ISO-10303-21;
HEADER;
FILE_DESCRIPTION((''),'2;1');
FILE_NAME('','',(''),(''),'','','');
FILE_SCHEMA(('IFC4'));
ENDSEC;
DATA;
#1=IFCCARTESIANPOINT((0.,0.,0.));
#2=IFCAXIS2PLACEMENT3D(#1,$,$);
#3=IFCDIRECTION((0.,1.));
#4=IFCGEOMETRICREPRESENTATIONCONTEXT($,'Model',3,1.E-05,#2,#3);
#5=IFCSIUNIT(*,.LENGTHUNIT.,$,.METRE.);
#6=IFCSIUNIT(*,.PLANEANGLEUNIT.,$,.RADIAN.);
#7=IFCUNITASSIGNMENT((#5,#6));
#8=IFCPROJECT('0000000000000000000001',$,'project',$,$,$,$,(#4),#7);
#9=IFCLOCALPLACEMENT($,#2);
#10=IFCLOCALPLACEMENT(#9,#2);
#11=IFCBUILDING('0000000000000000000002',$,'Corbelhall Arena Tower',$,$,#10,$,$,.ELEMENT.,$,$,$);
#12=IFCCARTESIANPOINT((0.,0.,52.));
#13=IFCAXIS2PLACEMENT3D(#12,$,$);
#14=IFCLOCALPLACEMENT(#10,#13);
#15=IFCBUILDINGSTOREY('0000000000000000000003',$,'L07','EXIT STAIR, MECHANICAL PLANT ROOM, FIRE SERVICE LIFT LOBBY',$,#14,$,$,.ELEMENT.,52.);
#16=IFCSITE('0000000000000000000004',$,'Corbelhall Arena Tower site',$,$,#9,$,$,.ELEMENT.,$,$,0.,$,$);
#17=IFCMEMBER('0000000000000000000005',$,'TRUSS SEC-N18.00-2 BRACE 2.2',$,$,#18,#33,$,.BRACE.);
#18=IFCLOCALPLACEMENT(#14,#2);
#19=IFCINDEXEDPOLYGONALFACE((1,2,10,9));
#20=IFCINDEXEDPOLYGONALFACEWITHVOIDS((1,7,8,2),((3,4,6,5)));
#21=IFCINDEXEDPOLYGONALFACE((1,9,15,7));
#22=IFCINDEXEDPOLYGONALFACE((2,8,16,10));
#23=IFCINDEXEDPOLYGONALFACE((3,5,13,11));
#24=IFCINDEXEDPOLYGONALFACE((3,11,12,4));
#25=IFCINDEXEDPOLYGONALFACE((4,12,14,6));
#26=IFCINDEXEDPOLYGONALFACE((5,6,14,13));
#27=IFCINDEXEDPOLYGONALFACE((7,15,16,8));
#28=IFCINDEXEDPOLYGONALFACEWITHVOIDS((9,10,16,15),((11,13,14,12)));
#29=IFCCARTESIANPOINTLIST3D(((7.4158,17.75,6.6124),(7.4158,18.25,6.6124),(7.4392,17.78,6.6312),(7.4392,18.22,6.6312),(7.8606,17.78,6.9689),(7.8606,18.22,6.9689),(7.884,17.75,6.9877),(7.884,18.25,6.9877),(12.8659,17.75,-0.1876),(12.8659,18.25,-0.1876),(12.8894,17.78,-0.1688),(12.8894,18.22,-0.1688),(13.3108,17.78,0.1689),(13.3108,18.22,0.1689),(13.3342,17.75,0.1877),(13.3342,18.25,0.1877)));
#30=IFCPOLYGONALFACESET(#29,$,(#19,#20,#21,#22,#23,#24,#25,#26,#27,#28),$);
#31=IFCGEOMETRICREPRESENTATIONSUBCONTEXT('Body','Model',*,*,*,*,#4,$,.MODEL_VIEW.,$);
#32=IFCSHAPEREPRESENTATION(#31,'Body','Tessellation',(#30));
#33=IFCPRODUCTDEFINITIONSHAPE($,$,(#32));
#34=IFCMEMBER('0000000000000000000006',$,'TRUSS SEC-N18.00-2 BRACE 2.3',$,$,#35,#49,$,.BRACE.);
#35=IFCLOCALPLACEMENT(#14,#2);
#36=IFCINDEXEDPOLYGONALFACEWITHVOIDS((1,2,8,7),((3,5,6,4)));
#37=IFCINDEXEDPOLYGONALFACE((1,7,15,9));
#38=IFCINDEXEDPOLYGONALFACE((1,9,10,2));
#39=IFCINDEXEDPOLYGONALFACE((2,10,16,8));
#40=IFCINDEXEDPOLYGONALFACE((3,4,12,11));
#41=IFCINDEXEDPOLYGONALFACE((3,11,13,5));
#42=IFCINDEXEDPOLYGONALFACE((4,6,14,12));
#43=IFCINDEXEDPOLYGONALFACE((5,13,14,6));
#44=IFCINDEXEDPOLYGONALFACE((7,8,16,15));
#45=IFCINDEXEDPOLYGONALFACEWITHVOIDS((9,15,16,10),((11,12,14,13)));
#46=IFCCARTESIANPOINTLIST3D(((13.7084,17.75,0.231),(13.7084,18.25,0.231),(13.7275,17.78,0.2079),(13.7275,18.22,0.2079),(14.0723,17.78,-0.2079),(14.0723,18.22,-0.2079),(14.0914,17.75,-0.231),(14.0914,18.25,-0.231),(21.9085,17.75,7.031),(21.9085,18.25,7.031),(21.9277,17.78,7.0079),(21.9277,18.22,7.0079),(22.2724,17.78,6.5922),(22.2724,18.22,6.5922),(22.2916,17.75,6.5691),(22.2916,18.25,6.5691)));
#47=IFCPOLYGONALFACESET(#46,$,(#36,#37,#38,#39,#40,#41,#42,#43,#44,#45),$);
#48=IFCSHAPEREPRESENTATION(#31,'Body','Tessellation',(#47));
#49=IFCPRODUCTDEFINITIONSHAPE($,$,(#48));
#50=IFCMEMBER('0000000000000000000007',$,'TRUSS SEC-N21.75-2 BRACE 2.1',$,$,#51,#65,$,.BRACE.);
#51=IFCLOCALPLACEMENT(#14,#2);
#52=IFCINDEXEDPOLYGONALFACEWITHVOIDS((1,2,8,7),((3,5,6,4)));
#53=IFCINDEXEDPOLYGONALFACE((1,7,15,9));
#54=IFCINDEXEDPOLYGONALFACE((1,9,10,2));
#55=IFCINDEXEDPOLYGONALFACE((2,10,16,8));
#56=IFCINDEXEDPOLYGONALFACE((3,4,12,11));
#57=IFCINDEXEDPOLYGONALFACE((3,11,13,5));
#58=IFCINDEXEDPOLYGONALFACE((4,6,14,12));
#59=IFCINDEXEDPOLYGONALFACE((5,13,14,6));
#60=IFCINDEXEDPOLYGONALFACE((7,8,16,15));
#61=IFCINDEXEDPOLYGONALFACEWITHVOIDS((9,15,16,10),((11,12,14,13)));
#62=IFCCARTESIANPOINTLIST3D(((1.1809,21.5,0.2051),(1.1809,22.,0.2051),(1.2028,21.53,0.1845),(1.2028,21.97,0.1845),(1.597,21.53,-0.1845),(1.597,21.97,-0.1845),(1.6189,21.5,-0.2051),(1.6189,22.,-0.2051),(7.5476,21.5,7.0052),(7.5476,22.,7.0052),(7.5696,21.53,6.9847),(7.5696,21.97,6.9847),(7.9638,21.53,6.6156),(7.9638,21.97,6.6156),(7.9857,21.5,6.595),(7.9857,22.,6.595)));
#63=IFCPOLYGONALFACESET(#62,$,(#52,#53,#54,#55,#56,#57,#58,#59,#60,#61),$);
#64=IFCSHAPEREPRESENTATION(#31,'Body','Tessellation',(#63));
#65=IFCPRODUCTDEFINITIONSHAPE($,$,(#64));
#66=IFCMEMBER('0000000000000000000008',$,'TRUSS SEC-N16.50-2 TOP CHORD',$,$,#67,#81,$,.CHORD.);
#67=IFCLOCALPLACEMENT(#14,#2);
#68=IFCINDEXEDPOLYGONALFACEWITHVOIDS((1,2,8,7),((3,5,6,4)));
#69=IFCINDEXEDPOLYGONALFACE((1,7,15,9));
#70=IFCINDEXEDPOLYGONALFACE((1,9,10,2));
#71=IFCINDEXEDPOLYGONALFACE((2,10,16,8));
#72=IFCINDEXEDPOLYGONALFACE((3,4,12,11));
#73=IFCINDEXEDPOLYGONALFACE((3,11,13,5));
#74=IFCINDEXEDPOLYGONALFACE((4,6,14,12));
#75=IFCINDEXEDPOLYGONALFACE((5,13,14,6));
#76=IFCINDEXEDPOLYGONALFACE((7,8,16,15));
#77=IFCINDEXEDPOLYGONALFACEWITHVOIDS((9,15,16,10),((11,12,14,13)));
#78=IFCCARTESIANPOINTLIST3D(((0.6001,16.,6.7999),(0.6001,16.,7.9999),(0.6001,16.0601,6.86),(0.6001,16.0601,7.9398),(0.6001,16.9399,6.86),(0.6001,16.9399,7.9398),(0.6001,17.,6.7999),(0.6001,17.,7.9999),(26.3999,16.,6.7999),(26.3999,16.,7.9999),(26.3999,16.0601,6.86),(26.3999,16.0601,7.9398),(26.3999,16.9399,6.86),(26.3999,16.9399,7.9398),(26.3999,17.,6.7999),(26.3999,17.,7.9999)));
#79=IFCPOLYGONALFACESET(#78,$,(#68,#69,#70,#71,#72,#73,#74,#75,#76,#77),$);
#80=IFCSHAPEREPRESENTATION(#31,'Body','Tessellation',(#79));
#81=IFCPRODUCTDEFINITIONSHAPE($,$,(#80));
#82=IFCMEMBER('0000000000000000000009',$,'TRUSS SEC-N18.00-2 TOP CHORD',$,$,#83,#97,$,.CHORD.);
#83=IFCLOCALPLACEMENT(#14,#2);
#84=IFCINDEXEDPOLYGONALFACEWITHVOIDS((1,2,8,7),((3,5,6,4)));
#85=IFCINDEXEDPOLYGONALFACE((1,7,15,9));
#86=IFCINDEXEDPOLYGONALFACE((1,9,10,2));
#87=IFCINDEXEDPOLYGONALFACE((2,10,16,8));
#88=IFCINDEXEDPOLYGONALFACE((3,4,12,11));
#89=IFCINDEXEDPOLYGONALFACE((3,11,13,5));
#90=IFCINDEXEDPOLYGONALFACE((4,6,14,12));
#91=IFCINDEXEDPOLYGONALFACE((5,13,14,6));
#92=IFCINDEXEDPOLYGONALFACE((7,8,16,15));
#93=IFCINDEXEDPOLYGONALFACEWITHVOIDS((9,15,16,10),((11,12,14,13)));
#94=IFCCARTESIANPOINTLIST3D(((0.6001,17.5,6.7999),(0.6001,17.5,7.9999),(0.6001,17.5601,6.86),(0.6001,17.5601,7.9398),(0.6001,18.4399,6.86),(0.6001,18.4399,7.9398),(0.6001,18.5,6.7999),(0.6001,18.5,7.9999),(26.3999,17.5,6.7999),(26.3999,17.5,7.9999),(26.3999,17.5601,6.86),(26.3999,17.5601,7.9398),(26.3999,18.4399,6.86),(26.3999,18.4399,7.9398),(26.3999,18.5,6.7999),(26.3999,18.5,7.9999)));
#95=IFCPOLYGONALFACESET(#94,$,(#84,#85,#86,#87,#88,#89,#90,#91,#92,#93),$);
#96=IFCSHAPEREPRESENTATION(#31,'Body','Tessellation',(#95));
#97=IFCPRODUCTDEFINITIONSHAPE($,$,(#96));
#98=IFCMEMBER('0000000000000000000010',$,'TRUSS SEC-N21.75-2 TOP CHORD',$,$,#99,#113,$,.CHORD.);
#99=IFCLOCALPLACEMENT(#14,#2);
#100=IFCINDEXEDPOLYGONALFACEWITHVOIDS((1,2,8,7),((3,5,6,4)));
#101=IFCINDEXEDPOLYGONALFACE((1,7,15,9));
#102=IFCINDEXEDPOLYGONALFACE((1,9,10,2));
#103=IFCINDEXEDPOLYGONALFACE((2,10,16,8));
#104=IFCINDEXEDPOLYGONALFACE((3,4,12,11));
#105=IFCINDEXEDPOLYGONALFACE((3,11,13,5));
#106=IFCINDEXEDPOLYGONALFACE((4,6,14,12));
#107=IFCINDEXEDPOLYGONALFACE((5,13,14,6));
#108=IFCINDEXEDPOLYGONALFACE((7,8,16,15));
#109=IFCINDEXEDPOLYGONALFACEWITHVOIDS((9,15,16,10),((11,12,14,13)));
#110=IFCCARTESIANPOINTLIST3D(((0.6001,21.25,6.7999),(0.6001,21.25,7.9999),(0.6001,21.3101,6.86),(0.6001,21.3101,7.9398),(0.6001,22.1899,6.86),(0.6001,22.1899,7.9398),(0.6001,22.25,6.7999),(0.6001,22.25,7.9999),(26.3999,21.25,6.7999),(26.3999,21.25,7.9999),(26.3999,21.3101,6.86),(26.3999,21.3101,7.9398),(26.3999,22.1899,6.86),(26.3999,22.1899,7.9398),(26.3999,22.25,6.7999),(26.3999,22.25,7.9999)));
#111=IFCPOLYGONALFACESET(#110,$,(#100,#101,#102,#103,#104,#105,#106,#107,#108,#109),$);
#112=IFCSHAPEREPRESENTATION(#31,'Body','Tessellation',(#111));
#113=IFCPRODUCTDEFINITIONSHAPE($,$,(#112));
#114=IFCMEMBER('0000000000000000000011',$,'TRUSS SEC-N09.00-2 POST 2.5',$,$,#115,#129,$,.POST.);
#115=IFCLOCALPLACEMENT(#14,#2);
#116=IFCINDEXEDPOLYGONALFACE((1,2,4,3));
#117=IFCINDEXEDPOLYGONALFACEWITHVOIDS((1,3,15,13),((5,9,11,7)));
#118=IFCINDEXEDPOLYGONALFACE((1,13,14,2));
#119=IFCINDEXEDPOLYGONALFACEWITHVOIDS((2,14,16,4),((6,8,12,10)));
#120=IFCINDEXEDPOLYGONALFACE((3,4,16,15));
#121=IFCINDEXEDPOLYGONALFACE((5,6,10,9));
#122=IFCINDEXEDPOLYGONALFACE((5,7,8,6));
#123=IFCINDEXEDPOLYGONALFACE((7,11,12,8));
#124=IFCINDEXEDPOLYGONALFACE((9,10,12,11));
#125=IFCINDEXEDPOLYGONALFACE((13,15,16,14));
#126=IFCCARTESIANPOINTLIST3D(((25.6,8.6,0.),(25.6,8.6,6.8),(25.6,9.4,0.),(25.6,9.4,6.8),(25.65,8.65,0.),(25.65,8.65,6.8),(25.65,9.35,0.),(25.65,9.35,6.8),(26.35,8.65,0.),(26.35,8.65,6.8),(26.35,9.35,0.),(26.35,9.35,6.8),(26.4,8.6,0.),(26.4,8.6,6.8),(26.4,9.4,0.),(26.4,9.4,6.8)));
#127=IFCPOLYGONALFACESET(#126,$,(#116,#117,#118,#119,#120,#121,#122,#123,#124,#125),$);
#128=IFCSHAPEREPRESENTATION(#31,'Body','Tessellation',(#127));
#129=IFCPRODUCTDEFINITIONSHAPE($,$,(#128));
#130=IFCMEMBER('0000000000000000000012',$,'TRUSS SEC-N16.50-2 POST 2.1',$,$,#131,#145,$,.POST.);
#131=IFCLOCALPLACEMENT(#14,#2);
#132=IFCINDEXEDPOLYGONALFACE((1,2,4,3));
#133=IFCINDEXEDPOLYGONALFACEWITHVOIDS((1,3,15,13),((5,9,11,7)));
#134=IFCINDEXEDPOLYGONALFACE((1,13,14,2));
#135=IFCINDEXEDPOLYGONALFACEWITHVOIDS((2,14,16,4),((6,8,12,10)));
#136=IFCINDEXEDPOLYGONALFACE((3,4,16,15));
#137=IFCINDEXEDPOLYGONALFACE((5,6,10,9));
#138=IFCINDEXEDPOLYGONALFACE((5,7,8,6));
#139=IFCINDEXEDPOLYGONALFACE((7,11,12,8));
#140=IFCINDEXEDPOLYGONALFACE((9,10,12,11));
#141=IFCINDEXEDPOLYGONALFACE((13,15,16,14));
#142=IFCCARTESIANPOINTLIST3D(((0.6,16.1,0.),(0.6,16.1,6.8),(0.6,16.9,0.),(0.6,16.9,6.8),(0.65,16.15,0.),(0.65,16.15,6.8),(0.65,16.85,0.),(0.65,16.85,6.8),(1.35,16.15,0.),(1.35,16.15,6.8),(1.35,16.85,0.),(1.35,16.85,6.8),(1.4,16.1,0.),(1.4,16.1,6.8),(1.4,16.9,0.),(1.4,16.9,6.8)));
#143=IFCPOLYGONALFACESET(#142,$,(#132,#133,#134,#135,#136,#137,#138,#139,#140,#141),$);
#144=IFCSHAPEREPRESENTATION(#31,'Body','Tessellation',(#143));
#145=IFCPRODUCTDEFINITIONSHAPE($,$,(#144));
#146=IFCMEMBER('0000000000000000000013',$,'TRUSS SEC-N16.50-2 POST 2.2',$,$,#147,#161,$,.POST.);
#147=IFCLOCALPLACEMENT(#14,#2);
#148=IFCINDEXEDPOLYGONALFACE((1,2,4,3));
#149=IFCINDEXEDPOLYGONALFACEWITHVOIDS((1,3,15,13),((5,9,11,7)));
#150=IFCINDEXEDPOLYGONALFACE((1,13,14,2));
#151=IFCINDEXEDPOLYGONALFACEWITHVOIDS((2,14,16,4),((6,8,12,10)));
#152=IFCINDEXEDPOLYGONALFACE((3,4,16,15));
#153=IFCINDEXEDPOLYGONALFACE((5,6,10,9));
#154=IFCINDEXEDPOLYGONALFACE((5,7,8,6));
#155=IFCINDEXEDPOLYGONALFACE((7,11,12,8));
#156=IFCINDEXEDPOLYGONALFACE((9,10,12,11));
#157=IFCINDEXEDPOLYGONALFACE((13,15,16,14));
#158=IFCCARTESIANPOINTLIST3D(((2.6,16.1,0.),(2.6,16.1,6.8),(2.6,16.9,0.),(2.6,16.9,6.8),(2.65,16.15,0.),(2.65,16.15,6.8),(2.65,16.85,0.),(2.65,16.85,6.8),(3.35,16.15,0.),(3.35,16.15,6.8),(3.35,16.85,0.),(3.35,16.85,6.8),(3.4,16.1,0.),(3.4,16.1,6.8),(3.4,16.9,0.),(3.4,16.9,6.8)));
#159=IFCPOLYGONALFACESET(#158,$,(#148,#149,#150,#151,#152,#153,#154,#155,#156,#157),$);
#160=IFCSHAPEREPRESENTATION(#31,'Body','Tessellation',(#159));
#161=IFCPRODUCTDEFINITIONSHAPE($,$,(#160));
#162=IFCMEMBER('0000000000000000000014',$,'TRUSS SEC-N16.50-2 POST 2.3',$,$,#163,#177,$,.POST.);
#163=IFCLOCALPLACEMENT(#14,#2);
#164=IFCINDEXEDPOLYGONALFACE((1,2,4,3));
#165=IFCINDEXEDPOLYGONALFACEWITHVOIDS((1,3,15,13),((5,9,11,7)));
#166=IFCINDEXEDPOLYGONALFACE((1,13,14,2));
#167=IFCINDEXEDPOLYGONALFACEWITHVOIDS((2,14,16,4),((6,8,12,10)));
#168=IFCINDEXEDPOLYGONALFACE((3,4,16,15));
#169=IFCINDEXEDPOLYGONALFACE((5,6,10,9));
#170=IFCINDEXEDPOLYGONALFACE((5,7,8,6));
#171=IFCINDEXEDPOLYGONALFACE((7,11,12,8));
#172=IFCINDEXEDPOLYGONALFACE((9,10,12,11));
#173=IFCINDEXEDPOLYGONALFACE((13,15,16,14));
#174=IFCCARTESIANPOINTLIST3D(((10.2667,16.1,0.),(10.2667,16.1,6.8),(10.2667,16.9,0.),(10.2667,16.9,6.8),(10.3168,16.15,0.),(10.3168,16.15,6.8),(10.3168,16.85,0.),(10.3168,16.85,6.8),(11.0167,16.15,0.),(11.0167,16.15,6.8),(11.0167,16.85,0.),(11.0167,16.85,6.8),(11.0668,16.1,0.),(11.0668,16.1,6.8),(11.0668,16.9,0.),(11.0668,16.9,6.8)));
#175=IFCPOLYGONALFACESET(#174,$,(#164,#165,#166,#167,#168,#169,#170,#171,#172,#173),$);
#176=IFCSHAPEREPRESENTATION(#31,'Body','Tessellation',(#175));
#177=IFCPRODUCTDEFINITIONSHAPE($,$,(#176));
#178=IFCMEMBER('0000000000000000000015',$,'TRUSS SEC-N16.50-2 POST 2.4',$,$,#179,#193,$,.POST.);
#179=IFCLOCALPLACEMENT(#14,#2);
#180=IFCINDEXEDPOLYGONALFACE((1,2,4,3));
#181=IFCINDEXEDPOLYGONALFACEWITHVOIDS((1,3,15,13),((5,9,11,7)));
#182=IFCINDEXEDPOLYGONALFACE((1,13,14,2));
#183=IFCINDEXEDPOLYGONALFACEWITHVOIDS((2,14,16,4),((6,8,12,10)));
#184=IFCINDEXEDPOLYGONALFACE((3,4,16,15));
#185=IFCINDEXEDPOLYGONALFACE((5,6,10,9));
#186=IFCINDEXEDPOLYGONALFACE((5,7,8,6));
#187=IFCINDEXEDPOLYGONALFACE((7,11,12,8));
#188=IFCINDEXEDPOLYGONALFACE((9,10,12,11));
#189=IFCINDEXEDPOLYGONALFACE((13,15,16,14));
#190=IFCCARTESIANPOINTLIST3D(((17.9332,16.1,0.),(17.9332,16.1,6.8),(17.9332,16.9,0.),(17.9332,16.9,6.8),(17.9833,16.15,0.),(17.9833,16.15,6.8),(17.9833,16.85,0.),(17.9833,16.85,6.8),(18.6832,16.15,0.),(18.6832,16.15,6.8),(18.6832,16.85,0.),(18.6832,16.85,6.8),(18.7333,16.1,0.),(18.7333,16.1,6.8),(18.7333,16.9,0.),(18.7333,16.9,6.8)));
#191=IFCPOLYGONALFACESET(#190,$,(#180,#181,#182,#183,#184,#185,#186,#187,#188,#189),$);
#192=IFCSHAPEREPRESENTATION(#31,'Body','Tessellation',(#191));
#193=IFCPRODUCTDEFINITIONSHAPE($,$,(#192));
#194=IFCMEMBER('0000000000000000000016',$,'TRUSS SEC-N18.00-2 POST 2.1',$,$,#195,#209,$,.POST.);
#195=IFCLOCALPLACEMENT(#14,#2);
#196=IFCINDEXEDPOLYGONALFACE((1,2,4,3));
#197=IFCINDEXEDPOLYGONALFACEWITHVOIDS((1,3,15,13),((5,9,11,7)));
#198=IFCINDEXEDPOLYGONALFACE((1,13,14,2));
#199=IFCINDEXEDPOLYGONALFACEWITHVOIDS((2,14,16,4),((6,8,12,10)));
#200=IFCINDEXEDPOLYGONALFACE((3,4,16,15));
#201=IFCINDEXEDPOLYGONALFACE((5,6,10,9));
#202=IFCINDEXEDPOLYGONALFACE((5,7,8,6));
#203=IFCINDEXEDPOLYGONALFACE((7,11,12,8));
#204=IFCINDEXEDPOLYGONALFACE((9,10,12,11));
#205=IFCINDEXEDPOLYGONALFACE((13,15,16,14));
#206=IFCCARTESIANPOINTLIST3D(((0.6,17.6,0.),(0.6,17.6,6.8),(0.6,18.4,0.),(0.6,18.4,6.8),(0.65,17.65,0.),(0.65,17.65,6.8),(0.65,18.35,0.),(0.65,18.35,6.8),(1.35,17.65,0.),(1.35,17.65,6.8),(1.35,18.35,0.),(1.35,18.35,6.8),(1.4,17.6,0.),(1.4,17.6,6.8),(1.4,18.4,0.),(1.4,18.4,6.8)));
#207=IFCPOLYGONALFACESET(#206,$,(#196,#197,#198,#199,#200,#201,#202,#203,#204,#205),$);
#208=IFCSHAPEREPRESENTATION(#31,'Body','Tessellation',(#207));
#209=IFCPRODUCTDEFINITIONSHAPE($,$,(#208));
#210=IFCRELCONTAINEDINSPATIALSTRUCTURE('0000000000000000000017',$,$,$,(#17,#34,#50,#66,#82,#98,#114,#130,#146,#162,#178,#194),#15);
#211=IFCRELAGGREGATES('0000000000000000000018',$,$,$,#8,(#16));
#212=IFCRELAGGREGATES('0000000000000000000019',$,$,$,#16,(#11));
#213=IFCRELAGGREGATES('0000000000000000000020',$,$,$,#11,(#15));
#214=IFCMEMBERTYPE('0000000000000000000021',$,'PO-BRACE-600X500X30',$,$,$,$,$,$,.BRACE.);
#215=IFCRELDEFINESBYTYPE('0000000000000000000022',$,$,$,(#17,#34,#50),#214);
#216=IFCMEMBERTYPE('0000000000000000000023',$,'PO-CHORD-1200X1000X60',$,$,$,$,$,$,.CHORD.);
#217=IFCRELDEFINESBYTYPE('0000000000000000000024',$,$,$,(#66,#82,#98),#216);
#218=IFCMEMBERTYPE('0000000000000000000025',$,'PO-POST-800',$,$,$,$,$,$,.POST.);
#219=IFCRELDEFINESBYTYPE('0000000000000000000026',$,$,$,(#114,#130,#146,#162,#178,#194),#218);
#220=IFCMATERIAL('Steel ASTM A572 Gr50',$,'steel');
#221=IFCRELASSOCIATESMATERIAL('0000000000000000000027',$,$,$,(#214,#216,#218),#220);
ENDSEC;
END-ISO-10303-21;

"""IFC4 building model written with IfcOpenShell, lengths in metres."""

from ifc_helpers import new_model, si_unit, direction, frame, origin, origin_2d, place, context, subcontext, project, spatial, hollow_rectangle, extrude, material, material_profile, profile_set, type_object, element, save


model = new_model("IFC4")

# Units and contexts
model_context = context("Model", 3, precision=1e-05, world=origin(), true_north=direction((0.0, 1.0)))
body_context = subcontext(model_context, "Body", "Model", "MODEL_VIEW")
ifc_project = project(units=[si_unit("LENGTHUNIT", "METRE"), si_unit("PLANEANGLEUNIT", "RADIAN")], contexts=[model_context])

# Site, building, storey
site_placement = place(None, origin())
site = spatial("IfcSite", under=ifc_project, at=site_placement, Name="Corbelhall Arena Tower site", CompositionType="ELEMENT", RefElevation=0.0)
building_placement = place(site_placement, origin())
building = spatial("IfcBuilding", under=site, at=building_placement, Name="Corbelhall Arena Tower", CompositionType="ELEMENT")
storey_placement = place(building_placement, frame((0.0, 0.0, 52.0)))
storey = spatial("IfcBuildingStorey", under=building, at=storey_placement, Name="L07", Description="EXIT STAIR, MECHANICAL PLANT ROOM, FIRE SERVICE LIFT LOBBY", CompositionType="ELEMENT", Elevation=52.0)

# Members
ifc_material_1 = material(Name="Steel ASTM A572 Gr50", Category="steel")
ifc_material_profile_1 = material_profile(ifc_material_1, hollow_rectangle(XDim=0.5, YDim=0.6001, WallThickness=0.03, at=origin_2d()))
ifc_profile_set_1 = profile_set([ifc_material_profile_1], Name="Steel ASTM A572 Gr50")
member_type_1 = type_object("IfcMemberType", Name="PO-BRACE-600X500X30", PredefinedType="BRACE", material=ifc_profile_set_1)
for number, where, z_axis, x_axis, name in (
    (1, (7.6499, 18.0, 6.8), (0.625405, 0.0, -0.7803), (0.0, 1.0, 0.0), "TRUSS SEC-N18.00-2 BRACE 2.2"),
):
    element("IfcMember", number, at=place(storey_placement, frame(where, z_axis=z_axis, x_axis=x_axis)), inside=storey, type_object=member_type_1, Name=name, PredefinedType="BRACE", context=body_context, shape_type="SweptSolid", body=[
        extrude(hollow_rectangle(XDim=0.5, YDim=0.6001, WallThickness=0.03, at=origin_2d()), origin(), (0.0, 0.0, 1.0), 8.7146),
    ])
member_1_placement = place(storey_placement, frame((13.8999, 18.0, 0.0), z_axis=(0.769763, 0.0, 0.63833), x_axis=(0.0, 1.0, 0.0)))
element("IfcMember", 2, at=member_1_placement, inside=storey, type_object=member_type_1, Name="TRUSS SEC-N18.00-2 BRACE 2.3", PredefinedType="BRACE", context=body_context, shape_type="SweptSolid", body=[
    extrude(hollow_rectangle(XDim=0.5, YDim=0.6001, WallThickness=0.03, at=origin_2d()), origin(), (0.0, 0.0, 1.0), 10.6528),
])
member_2_placement = place(storey_placement, frame((1.3999, 21.75, 0.0), z_axis=(0.683464, 0.0, 0.729984), x_axis=(0.0, 1.0, 0.0)))
element("IfcMember", 3, at=member_2_placement, inside=storey, type_object=member_type_1, Name="TRUSS SEC-N21.75-2 BRACE 2.1", PredefinedType="BRACE", context=body_context, shape_type="SweptSolid", body=[
    extrude(hollow_rectangle(XDim=0.5, YDim=0.6001, WallThickness=0.03, at=origin_2d()), origin(), (0.0, 0.0, 1.0), 9.3154),
])
ifc_material_profile_2 = material_profile(ifc_material_1, hollow_rectangle(XDim=1.0, YDim=1.2, WallThickness=0.0601, at=origin_2d()))
ifc_profile_set_2 = profile_set([ifc_material_profile_2], Name="Steel ASTM A572 Gr50")
member_type_2 = type_object("IfcMemberType", Name="PO-CHORD-1200X1000X60", PredefinedType="CHORD", material=ifc_profile_set_2)
for number, where, z_axis, x_axis, name in (
    (4, (0.6001, 16.5, 7.3999), (1.0, 0.0, 0.0), (0.0, 1.0, 0.0), "TRUSS SEC-N16.50-2 TOP CHORD"),
    (5, (0.6001, 18.0, 7.3999), (1.0, 0.0, 0.0), (0.0, 1.0, 0.0), "TRUSS SEC-N18.00-2 TOP CHORD"),
    (6, (0.6001, 21.75, 7.3999), (1.0, 0.0, 0.0), (0.0, 1.0, 0.0), "TRUSS SEC-N21.75-2 TOP CHORD"),
):
    element("IfcMember", number, at=place(storey_placement, frame(where, z_axis=z_axis, x_axis=x_axis)), inside=storey, type_object=member_type_2, Name=name, PredefinedType="CHORD", context=body_context, shape_type="SweptSolid", body=[
        extrude(hollow_rectangle(XDim=1.0, YDim=1.2, WallThickness=0.0601, at=origin_2d()), origin(), (0.0, 0.0, 1.0), 25.7998),
    ])
ifc_material_profile_3 = material_profile(ifc_material_1, hollow_rectangle(XDim=0.8, YDim=0.8, WallThickness=0.05, at=origin_2d()))
ifc_profile_set_3 = profile_set([ifc_material_profile_3], Name="Steel ASTM A572 Gr50")
member_type_3 = type_object("IfcMemberType", Name="PO-POST-800", PredefinedType="POST", material=ifc_profile_set_3)
for number, where, z_axis, x_axis, name in (
    (7, (26.0, 9.0, 0.0), (0.0, 0.0, 1.0), (1.0, 0.0, 0.0), "TRUSS SEC-N09.00-2 POST 2.5"),
    (8, (1.0, 16.5, 0.0), (0.0, 0.0, 1.0), (1.0, 0.0, 0.0), "TRUSS SEC-N16.50-2 POST 2.1"),
    (9, (3.0, 16.5, 0.0), (0.0, 0.0, 1.0), (1.0, 0.0, 0.0), "TRUSS SEC-N16.50-2 POST 2.2"),
    (10, (10.6667, 16.5, 0.0), (0.0, 0.0, 1.0), (1.0, 0.0, 0.0), "TRUSS SEC-N16.50-2 POST 2.3"),
    (11, (18.3333, 16.5, 0.0), (0.0, 0.0, 1.0), (1.0, 0.0, 0.0), "TRUSS SEC-N16.50-2 POST 2.4"),
    (12, (1.0, 18.0, 0.0), (0.0, 0.0, 1.0), (1.0, 0.0, 0.0), "TRUSS SEC-N18.00-2 POST 2.1"),
):
    element("IfcMember", number, at=place(storey_placement, frame(where, z_axis=z_axis, x_axis=x_axis)), inside=storey, type_object=member_type_3, Name=name, PredefinedType="POST", context=body_context, shape_type="SweptSolid", body=[
        extrude(hollow_rectangle(XDim=0.8, YDim=0.8, WallThickness=0.05, at=origin_2d()), origin(), (0.0, 0.0, 1.0), 6.8),
    ])

save(model, "model.ifc")
